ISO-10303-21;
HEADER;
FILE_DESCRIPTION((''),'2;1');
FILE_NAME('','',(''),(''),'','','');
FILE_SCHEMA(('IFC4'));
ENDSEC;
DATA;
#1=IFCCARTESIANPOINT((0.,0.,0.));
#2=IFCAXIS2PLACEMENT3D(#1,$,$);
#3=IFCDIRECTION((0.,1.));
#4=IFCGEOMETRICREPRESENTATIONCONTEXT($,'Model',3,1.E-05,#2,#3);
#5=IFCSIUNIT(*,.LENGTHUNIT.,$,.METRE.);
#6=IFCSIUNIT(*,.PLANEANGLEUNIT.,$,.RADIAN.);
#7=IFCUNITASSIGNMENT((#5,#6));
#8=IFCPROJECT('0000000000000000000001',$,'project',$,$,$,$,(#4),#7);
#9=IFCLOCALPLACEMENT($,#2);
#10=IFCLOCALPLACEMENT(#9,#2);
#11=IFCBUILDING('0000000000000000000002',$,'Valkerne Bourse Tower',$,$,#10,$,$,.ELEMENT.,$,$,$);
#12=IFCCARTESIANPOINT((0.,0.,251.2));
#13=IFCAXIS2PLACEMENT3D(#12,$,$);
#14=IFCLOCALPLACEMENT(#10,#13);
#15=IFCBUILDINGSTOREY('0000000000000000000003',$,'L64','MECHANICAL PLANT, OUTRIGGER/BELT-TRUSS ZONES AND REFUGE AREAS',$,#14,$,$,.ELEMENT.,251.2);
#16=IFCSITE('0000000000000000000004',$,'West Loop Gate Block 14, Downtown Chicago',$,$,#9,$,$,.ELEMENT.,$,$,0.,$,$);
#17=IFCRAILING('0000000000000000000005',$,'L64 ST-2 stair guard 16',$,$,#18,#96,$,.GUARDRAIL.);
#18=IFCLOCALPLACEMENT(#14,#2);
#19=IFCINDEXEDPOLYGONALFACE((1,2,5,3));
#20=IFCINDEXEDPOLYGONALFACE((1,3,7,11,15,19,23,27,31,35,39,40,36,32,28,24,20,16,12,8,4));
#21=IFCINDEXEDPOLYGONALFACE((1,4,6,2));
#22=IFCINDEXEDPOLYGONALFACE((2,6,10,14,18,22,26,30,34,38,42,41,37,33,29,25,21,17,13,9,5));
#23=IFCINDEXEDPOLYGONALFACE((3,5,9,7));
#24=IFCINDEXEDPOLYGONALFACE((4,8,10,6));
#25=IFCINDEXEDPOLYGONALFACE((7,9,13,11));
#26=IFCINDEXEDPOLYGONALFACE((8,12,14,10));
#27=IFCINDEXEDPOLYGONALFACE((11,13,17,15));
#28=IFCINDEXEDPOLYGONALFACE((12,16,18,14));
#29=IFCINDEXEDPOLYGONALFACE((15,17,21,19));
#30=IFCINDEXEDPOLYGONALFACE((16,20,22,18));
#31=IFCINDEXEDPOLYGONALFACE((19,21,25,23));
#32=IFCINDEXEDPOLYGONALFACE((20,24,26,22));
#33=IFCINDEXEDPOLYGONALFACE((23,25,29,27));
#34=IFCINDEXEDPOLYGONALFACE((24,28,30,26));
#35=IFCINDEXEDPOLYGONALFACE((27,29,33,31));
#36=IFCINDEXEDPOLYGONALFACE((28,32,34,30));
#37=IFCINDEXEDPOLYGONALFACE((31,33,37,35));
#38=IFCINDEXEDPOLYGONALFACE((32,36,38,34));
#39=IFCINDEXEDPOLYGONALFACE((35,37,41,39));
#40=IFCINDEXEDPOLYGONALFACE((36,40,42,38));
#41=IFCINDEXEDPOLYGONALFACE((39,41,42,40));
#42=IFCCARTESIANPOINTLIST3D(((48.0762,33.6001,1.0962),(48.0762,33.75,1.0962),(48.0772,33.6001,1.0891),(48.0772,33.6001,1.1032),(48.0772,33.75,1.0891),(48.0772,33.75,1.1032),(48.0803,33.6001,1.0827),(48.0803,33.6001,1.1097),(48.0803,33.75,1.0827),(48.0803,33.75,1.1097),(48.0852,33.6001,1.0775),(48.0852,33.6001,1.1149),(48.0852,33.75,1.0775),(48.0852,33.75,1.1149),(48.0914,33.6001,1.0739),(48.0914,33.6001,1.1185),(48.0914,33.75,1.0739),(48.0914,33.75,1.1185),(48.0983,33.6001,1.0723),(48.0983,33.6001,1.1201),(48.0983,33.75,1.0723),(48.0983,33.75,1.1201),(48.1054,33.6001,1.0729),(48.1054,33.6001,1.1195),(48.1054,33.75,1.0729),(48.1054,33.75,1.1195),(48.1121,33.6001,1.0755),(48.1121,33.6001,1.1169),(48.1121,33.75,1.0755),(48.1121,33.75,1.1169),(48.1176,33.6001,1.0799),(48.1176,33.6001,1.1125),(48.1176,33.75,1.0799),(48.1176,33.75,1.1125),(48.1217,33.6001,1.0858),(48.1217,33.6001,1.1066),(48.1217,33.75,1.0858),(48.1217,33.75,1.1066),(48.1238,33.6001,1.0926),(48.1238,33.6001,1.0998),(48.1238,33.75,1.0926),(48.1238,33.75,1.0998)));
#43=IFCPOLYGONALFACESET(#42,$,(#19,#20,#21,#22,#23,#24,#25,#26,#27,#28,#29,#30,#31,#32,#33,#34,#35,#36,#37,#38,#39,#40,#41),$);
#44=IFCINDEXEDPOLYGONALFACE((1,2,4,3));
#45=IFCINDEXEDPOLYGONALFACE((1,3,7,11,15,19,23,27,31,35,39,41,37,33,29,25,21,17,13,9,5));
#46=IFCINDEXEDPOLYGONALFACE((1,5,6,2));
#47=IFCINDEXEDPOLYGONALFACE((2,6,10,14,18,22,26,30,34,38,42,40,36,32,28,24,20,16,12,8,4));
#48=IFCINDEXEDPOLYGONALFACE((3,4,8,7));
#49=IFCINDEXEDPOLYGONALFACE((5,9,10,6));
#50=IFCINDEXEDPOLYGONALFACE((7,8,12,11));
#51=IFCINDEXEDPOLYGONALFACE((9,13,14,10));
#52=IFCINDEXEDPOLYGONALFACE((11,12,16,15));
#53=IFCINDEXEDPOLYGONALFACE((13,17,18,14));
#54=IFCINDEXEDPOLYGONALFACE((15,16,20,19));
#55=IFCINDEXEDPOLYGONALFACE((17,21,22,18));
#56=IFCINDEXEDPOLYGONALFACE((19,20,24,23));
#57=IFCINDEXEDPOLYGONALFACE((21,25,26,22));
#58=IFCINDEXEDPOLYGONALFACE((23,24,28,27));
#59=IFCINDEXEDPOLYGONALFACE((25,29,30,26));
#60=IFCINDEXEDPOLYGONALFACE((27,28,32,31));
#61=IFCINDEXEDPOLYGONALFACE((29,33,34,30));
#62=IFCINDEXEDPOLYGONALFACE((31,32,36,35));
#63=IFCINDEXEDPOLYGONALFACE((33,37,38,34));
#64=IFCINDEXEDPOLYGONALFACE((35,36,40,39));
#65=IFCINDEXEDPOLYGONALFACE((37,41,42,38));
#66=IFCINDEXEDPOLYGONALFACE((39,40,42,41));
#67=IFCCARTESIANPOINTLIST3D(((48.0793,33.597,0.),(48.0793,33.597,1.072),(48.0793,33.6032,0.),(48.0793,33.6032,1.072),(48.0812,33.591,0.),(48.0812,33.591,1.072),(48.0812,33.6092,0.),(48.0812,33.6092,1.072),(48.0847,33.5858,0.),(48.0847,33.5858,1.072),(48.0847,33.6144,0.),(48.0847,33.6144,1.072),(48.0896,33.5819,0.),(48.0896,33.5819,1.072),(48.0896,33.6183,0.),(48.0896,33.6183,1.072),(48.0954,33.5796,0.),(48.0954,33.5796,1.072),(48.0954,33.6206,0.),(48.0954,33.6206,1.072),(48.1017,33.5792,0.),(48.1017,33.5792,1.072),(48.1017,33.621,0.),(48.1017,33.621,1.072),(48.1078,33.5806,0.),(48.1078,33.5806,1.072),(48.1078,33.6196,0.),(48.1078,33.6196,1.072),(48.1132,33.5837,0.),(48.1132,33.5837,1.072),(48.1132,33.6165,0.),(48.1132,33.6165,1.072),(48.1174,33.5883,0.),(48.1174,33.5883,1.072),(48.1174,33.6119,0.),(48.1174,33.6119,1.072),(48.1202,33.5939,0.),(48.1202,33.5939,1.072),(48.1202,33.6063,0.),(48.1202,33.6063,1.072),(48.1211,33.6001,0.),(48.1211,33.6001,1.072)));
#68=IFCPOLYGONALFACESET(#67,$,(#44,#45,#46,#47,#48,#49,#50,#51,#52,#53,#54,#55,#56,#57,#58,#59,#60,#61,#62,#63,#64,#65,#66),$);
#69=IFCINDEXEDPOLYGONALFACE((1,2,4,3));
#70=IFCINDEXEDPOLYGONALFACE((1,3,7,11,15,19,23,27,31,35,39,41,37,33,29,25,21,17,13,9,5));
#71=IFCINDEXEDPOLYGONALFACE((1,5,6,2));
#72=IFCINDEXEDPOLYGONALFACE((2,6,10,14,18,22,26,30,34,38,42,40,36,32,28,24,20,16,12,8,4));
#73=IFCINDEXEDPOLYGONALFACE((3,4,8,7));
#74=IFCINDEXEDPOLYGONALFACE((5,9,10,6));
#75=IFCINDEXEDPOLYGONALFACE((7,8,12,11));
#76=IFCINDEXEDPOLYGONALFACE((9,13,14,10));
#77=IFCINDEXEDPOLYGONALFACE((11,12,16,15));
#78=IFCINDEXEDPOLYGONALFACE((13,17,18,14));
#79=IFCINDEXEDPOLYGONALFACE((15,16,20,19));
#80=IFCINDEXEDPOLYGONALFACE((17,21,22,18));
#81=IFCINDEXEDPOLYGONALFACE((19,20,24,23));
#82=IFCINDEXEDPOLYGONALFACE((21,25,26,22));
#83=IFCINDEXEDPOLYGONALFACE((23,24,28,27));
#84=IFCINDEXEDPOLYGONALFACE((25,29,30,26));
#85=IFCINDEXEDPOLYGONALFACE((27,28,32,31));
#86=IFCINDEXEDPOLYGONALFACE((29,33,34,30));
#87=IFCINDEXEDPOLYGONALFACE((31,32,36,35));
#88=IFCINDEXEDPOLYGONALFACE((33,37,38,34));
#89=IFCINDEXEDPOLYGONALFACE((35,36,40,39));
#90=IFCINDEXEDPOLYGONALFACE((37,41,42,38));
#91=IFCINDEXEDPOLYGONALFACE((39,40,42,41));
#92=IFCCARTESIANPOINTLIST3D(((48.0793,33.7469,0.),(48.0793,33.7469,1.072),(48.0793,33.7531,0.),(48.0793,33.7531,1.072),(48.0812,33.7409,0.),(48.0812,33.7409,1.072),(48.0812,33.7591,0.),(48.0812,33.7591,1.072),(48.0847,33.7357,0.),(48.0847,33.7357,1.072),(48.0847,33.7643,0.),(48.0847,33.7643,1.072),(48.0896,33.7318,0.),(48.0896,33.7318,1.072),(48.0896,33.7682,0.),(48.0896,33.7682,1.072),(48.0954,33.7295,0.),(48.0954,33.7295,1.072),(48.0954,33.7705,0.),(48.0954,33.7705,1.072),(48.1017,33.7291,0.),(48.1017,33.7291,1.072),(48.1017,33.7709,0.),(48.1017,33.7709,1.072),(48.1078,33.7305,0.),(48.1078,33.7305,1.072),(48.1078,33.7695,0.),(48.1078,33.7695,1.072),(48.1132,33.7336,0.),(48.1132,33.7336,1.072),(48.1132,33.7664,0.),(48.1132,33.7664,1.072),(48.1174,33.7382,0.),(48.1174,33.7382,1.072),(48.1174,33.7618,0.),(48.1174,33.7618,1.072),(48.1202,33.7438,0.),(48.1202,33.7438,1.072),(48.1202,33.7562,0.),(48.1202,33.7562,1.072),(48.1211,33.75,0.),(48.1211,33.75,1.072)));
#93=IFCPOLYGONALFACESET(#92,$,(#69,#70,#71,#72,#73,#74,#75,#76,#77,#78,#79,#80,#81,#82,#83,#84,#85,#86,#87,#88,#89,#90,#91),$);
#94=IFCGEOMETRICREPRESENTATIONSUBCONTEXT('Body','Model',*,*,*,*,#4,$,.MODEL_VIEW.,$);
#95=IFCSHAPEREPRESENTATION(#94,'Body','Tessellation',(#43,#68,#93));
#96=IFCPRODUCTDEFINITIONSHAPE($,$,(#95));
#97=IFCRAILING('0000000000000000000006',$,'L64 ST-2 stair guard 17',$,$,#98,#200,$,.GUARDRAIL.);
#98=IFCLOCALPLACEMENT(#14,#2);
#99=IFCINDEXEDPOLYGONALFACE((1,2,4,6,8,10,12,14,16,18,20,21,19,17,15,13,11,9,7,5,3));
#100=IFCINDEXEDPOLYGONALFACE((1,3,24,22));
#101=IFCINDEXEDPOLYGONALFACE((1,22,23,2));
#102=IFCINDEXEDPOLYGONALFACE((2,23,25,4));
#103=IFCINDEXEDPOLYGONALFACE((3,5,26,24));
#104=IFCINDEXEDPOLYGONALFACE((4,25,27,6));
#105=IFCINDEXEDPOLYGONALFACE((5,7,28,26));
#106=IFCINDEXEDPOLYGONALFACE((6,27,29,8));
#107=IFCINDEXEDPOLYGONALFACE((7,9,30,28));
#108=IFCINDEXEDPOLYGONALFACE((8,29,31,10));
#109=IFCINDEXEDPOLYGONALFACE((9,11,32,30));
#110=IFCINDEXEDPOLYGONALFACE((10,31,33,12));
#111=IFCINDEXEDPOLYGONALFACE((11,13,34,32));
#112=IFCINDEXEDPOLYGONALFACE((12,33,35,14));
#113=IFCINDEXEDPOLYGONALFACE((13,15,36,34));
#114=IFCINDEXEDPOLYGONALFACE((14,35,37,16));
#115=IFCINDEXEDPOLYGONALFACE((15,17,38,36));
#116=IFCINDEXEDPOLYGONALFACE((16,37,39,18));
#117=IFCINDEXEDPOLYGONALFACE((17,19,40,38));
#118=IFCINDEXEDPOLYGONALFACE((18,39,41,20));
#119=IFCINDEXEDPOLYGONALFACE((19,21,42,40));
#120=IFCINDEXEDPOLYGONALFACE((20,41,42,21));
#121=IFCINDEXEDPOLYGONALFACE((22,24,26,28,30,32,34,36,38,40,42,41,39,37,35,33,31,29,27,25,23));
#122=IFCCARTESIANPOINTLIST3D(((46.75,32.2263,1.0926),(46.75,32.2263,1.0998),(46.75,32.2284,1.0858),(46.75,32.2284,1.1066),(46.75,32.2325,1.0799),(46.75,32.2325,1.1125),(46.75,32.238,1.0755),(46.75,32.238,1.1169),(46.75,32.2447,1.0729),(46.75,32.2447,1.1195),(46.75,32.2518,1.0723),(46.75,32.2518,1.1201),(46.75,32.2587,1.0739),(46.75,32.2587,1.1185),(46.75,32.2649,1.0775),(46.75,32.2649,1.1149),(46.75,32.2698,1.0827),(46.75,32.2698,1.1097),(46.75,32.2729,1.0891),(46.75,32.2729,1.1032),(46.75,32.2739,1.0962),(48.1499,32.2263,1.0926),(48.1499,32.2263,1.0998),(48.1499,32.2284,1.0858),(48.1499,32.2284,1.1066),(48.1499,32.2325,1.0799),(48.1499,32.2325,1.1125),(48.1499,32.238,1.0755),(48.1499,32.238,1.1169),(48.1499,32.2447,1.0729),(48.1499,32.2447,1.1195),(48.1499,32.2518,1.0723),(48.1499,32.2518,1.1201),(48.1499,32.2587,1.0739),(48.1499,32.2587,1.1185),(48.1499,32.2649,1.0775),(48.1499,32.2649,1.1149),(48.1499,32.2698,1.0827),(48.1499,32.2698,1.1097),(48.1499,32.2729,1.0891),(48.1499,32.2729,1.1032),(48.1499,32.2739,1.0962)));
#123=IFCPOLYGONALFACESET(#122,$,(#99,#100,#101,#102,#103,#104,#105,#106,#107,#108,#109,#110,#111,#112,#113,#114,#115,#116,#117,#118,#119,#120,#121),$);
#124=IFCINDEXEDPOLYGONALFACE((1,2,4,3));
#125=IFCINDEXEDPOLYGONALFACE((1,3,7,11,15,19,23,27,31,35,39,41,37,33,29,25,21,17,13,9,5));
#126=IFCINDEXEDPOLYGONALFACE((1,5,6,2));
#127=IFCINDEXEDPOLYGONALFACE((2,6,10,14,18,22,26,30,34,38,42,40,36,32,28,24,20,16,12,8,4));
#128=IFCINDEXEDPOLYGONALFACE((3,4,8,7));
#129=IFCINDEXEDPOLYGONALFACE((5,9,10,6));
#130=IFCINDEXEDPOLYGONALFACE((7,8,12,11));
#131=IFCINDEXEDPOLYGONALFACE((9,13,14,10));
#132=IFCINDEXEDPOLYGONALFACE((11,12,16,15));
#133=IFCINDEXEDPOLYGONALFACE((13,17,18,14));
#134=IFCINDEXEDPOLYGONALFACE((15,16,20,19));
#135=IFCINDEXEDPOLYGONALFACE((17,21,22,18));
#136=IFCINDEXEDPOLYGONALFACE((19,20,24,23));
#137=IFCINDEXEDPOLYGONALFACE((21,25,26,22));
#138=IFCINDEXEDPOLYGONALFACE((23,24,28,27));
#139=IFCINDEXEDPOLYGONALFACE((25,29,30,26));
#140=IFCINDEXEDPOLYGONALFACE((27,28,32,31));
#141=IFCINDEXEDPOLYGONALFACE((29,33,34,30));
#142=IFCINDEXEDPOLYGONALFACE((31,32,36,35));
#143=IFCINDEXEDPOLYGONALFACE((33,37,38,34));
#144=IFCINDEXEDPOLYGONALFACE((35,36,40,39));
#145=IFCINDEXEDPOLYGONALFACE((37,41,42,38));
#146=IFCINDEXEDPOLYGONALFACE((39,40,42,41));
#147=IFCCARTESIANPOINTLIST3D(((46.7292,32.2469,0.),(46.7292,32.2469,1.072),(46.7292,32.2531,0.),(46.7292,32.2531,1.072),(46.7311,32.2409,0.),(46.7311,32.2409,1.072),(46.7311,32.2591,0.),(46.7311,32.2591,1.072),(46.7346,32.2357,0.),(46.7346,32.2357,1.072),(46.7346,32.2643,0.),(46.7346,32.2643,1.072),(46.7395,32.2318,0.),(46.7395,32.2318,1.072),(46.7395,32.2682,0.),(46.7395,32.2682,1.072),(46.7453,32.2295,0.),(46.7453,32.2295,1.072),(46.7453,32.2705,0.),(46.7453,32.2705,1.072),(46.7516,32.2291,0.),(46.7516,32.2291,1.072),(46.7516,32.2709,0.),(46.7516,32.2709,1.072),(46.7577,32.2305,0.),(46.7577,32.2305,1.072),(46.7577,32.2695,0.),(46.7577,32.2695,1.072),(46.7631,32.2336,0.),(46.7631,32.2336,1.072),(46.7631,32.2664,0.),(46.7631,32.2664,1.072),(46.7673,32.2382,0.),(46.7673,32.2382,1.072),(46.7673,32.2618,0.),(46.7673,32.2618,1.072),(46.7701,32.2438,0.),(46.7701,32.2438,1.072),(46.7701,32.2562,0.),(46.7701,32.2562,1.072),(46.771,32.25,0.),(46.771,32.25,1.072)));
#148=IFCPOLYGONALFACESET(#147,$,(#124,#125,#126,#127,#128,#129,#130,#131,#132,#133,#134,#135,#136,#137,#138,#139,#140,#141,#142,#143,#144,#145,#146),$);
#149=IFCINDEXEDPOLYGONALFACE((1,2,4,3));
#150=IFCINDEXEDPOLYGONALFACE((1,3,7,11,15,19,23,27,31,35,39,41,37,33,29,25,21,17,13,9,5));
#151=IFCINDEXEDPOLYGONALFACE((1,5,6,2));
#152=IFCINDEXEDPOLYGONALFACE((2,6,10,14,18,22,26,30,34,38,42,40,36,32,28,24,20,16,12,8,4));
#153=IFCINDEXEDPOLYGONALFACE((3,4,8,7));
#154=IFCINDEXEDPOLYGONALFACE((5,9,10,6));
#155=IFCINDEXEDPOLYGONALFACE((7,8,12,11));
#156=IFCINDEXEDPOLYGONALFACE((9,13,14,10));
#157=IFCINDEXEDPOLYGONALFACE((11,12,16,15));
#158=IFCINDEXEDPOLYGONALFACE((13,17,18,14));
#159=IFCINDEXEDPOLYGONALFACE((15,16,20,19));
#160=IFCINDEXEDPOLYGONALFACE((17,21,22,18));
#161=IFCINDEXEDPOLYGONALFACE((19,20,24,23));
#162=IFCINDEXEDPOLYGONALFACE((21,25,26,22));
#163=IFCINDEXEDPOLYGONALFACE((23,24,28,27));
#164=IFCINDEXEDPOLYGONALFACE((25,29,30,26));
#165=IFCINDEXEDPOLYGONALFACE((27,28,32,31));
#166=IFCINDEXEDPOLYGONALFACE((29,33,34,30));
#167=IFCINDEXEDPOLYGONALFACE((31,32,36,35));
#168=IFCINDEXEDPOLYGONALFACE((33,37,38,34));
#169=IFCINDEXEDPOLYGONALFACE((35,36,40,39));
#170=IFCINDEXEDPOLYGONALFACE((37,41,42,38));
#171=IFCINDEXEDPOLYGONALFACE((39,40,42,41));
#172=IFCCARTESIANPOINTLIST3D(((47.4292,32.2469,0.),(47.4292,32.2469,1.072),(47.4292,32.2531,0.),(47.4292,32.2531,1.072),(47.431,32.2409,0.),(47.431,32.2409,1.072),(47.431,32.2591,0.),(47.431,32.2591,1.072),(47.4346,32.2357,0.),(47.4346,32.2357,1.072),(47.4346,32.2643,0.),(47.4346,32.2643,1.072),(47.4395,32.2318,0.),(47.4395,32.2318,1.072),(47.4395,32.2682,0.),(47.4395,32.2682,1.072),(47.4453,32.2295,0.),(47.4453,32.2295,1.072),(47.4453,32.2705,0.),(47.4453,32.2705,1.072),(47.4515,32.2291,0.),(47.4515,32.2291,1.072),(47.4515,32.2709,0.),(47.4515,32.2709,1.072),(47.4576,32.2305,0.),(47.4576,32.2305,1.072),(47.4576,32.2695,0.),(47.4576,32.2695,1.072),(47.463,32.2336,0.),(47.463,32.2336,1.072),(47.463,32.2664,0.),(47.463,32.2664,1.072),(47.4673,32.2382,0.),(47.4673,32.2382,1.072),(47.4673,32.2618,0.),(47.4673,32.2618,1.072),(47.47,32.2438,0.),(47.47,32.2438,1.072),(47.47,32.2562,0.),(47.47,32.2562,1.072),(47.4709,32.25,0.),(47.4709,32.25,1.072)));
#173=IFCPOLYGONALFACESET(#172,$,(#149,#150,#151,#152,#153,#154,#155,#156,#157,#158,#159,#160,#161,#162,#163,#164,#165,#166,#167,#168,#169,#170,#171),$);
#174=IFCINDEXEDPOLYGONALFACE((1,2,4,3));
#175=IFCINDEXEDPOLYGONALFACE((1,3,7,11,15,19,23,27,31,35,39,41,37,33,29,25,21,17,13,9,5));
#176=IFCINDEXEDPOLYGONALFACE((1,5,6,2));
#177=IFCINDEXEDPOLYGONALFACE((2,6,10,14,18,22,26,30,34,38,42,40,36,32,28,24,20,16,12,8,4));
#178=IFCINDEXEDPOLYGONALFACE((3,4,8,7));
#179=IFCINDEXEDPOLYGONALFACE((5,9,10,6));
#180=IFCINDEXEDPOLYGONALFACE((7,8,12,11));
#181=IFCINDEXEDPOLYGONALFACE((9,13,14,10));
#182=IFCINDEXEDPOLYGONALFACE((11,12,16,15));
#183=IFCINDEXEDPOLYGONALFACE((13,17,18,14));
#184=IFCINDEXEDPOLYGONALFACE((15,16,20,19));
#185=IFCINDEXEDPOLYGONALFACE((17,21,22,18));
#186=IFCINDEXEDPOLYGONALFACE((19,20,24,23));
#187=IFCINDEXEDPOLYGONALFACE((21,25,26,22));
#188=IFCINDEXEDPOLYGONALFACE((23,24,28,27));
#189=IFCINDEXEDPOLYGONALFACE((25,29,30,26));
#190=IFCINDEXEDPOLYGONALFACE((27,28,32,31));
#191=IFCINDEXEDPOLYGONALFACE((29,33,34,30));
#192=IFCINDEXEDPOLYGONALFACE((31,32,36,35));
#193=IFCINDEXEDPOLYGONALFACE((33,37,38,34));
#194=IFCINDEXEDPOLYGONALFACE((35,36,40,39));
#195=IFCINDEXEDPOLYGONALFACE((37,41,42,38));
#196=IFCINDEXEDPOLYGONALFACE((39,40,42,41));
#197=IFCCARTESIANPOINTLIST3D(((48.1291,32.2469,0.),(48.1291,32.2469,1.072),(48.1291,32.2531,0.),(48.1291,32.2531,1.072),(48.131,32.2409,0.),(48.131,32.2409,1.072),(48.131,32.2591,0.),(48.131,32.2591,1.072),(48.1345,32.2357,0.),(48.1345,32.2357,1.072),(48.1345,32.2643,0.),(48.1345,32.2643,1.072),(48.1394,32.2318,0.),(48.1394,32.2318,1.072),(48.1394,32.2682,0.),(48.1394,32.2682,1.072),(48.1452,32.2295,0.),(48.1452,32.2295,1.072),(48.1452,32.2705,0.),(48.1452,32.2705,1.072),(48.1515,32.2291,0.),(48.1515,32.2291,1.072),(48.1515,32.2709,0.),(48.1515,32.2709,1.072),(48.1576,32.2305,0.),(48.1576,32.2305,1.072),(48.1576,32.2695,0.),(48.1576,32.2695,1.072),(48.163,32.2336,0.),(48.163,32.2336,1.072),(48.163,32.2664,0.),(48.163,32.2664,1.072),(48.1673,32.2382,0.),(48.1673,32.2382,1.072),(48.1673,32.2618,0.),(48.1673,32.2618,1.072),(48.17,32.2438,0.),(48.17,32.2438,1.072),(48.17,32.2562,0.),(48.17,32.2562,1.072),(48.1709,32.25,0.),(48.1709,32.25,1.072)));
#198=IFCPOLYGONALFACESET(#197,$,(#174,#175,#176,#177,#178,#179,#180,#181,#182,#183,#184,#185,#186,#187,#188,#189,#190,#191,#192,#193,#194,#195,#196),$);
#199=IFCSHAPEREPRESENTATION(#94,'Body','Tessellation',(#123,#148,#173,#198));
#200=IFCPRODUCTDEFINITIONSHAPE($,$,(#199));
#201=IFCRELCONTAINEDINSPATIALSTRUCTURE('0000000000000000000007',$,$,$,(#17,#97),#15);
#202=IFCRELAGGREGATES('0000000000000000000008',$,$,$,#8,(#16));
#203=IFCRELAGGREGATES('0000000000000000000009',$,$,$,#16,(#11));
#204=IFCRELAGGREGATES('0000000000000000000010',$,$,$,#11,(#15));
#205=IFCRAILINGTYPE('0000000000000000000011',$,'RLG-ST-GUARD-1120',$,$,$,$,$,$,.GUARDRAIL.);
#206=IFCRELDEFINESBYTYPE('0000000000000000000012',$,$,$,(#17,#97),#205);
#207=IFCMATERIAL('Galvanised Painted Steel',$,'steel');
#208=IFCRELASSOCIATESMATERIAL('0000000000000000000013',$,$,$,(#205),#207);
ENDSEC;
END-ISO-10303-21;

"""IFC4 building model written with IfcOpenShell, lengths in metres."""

from ifc_helpers import new_model, si_unit, direction, frame, origin, origin_2d, place, context, subcontext, project, spatial, circle, extrude, material, type_object, element, save


model = new_model("IFC4")

# Units and contexts
model_context = context("Model", 3, precision=1e-05, world=origin(), true_north=direction((0.0, 1.0)))
body_context = subcontext(model_context, "Body", "Model", "MODEL_VIEW")
ifc_project = project(units=[si_unit("LENGTHUNIT", "METRE"), si_unit("PLANEANGLEUNIT", "RADIAN")], contexts=[model_context])

# Site, building, storey
site_placement = place(None, origin())
site = spatial("IfcSite", under=ifc_project, at=site_placement, Name="West Loop Gate Block 14, Downtown Chicago", CompositionType="ELEMENT", RefElevation=0.0)
building_placement = place(site_placement, origin())
building = spatial("IfcBuilding", under=site, at=building_placement, Name="Valkerne Bourse Tower", CompositionType="ELEMENT")
storey_placement = place(building_placement, frame((0.0, 0.0, 251.2)))
storey = spatial("IfcBuildingStorey", under=building, at=storey_placement, Name="L64", Description="MECHANICAL PLANT, OUTRIGGER/BELT-TRUSS ZONES AND REFUGE AREAS", CompositionType="ELEMENT", Elevation=251.2)

# Shared definitions
ifc_material_1 = material(Name="Galvanised Painted Steel", Category="steel")

# Railings
railing_type_1 = type_object("IfcRailingType", Name="RLG-ST-GUARD-1120", PredefinedType="GUARDRAIL", material=ifc_material_1)
railing_1_placement = place(storey_placement, frame((48.1001, 33.6001, 0.0)))
element("IfcRailing", 1, at=railing_1_placement, inside=storey, type_object=railing_type_1, Name="L64 ST-2 stair guard 16", PredefinedType="GUARDRAIL", context=body_context, shape_type="SweptSolid", body=[
    extrude(circle(Radius=0.0239, at=origin_2d()), frame((0.0, 0.0, 1.0962), z_axis=(0.0, 1.0, 0.0), x_axis=(-1.0, 0.0, 0.0)), (0.0, 0.0, 1.0), 0.1499),
    extrude(circle(Radius=0.021, at=origin_2d()), origin(), (0.0, 0.0, 1.0), 1.072),
    extrude(circle(Radius=0.021, at=origin_2d()), frame((0.0, 0.1499, 0.0)), (0.0, 0.0, 1.0), 1.072),
])
railing_2_placement = place(storey_placement, frame((46.75, 32.25, 0.0)))
element("IfcRailing", 2, at=railing_2_placement, inside=storey, type_object=railing_type_1, Name="L64 ST-2 stair guard 17", PredefinedType="GUARDRAIL", context=body_context, shape_type="SweptSolid", body=[
    extrude(circle(Radius=0.0239, at=origin_2d()), frame((0.0, 0.0, 1.0962), z_axis=(1.0, 0.0, 0.0), x_axis=(0.0, 1.0, 0.0)), (0.0, 0.0, 1.0), 1.3999),
    extrude(circle(Radius=0.021, at=origin_2d()), origin(), (0.0, 0.0, 1.0), 1.072),
    extrude(circle(Radius=0.021, at=origin_2d()), frame((0.7, 0.0, 0.0)), (0.0, 0.0, 1.0), 1.072),
    extrude(circle(Radius=0.021, at=origin_2d()), frame((1.3999, 0.0, 0.0)), (0.0, 0.0, 1.0), 1.072),
])

save(model, "model.ifc")
